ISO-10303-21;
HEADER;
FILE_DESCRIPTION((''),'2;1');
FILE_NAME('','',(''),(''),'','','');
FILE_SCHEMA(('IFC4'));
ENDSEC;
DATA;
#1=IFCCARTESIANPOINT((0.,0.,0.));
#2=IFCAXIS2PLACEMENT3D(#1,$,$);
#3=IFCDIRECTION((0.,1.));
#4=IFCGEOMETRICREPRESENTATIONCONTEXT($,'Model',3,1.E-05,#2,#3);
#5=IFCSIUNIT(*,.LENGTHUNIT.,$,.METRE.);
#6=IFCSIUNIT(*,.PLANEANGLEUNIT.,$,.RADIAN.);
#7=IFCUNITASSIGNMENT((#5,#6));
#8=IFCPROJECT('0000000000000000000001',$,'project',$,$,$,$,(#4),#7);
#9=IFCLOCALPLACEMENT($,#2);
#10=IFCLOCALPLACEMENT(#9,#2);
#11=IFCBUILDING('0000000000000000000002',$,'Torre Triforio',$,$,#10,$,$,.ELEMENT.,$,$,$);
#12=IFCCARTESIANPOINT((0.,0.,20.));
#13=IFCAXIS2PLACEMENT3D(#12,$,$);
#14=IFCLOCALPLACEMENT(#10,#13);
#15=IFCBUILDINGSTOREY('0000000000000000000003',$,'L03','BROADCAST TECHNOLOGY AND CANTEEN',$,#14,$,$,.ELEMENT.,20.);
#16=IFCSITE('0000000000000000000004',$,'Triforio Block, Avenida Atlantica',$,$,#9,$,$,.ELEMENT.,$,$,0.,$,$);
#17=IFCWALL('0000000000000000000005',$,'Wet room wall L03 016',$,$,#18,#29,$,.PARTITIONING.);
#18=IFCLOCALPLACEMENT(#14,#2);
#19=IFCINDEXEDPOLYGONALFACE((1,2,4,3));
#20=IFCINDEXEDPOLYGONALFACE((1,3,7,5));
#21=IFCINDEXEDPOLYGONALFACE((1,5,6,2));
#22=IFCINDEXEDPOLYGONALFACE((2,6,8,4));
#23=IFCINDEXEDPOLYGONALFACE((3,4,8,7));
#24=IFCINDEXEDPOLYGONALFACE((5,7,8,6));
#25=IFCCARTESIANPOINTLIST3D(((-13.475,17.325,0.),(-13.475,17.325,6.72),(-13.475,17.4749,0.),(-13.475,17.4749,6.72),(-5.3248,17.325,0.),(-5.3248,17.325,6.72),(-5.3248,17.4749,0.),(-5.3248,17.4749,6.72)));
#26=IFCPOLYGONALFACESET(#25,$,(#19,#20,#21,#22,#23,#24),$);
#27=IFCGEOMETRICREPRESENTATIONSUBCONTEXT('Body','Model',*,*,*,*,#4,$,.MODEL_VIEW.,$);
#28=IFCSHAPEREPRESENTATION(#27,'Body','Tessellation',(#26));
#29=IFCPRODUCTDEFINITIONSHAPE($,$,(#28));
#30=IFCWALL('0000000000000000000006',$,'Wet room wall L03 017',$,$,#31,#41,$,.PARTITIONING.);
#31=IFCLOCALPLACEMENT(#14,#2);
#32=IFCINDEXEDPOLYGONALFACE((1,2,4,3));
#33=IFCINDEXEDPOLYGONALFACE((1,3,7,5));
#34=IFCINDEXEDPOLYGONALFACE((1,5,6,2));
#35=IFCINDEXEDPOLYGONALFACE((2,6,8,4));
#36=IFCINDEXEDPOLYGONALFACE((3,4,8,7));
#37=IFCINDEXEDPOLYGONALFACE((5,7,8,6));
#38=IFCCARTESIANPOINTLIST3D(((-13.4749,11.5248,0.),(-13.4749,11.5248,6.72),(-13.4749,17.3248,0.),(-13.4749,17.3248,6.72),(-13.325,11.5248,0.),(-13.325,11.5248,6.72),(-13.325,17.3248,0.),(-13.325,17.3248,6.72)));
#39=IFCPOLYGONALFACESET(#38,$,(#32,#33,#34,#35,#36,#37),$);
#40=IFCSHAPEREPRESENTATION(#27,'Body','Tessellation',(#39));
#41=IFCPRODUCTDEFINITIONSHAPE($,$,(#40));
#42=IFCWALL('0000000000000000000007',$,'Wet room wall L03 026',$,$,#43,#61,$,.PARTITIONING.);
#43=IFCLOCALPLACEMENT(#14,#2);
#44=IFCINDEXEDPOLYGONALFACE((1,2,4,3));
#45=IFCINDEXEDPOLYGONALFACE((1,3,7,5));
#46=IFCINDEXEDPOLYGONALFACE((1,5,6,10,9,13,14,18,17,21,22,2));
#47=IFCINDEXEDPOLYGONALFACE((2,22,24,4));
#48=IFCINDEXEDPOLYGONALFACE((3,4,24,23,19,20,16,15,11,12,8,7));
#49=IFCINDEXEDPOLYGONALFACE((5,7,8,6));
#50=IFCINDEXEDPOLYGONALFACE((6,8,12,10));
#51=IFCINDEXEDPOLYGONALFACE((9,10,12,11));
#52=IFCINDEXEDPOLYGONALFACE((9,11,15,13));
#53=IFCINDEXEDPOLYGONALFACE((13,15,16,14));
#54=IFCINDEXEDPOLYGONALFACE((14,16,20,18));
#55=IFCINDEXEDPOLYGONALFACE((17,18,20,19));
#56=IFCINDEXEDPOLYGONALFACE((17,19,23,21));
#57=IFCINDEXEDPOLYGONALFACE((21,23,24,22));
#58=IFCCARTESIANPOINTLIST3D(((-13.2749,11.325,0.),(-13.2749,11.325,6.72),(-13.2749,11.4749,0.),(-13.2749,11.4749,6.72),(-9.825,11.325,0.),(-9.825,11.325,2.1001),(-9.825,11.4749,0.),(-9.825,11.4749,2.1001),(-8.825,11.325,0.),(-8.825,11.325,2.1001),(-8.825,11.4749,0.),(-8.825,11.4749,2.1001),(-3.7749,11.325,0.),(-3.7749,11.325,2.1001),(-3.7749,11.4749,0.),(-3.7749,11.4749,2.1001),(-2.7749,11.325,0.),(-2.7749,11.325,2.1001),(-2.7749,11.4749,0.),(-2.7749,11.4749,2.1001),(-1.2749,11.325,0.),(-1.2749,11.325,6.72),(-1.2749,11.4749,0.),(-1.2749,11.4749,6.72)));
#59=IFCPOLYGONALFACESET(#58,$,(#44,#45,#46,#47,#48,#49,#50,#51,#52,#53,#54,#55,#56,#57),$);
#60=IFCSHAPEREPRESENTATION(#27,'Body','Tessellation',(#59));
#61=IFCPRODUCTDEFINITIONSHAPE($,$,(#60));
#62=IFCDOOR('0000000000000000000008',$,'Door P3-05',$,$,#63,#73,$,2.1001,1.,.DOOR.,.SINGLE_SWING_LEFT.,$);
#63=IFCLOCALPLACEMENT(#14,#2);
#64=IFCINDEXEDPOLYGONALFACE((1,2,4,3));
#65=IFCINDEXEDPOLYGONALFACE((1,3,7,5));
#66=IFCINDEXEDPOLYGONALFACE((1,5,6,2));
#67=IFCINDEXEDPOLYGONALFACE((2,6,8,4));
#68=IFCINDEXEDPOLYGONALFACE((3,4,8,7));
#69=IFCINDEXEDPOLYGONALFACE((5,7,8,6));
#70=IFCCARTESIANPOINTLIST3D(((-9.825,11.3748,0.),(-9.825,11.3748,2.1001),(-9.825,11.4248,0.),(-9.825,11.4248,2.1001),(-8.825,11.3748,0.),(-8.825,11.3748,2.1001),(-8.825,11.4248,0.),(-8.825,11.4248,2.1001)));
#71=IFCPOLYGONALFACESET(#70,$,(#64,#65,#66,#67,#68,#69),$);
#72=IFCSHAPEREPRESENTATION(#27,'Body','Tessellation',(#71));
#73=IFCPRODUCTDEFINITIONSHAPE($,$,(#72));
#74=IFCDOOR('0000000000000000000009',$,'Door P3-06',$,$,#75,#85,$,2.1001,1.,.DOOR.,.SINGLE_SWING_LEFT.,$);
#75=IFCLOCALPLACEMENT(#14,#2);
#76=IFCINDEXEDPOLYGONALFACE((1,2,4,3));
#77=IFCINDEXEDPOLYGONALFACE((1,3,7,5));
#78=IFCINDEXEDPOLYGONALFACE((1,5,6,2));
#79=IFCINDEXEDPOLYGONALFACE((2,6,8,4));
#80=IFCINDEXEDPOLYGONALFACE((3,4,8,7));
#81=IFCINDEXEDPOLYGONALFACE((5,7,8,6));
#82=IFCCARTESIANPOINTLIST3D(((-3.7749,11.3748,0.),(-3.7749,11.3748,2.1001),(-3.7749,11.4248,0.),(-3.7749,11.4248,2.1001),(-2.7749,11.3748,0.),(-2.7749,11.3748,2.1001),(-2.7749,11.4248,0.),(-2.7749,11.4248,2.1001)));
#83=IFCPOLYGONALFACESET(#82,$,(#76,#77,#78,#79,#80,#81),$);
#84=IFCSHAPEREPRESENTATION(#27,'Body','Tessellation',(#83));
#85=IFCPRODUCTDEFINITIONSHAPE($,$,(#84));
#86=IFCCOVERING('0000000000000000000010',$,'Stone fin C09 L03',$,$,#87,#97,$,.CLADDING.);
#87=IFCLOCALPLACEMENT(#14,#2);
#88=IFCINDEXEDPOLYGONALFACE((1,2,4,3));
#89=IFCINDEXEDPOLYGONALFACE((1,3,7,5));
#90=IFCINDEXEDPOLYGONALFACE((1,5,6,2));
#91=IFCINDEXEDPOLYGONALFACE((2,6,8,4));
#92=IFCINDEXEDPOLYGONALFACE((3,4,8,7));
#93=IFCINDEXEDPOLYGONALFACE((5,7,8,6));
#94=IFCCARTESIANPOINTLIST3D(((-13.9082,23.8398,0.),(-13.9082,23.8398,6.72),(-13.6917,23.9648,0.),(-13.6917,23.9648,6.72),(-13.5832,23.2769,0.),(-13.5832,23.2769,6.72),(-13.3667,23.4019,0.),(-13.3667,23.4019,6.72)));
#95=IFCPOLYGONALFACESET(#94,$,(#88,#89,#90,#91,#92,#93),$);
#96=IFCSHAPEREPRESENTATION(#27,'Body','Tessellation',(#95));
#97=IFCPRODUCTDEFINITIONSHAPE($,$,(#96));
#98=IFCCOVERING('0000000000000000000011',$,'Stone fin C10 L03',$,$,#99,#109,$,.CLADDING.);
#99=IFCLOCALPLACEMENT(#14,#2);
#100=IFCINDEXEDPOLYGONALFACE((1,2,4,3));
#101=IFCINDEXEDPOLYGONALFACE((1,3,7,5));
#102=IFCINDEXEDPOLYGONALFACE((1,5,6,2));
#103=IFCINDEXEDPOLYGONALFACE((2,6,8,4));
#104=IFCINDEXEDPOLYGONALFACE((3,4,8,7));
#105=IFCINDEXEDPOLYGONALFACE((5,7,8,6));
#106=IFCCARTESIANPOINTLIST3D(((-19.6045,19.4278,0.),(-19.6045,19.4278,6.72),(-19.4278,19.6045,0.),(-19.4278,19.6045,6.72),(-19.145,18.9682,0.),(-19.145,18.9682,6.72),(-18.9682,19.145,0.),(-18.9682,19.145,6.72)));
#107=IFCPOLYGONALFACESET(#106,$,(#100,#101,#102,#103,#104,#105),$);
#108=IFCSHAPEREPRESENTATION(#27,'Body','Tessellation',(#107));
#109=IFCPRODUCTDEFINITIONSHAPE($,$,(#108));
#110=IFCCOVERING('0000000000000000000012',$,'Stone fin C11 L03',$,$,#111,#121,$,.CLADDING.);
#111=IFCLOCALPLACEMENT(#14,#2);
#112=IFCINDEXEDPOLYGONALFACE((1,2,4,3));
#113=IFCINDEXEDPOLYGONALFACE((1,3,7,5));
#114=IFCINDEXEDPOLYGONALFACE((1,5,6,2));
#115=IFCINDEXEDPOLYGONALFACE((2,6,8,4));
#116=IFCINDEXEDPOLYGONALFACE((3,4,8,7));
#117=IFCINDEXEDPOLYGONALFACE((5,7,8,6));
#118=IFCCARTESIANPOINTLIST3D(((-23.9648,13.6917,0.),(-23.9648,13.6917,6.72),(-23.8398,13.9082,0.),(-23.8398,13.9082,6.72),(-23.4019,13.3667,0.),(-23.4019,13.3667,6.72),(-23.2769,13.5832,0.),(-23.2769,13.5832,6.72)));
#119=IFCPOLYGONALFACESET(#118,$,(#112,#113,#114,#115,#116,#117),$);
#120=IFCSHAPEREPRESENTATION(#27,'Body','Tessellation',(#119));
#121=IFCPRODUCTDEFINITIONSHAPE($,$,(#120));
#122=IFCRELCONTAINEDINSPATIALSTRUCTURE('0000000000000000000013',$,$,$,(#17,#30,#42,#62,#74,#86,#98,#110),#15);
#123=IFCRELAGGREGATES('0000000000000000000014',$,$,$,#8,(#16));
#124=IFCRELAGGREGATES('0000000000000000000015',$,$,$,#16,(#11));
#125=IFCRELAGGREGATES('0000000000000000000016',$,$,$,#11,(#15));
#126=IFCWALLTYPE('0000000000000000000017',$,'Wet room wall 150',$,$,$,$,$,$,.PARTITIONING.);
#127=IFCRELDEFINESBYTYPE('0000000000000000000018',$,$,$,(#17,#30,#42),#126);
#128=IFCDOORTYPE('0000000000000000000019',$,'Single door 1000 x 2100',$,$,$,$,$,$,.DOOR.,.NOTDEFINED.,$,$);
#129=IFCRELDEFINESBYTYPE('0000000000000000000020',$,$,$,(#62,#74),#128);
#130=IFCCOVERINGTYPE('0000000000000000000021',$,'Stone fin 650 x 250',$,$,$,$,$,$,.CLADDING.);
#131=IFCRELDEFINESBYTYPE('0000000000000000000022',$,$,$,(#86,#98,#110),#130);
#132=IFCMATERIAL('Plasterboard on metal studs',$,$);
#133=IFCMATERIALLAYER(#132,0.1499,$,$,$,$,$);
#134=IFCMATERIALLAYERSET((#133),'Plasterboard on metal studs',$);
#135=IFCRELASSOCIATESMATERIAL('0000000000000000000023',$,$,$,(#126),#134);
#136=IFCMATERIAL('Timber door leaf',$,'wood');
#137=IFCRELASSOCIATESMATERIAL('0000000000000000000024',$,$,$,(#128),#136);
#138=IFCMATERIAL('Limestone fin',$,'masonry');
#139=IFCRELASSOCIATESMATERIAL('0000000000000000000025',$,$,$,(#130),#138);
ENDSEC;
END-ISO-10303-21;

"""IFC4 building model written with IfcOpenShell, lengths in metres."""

from ifc_helpers import new_model, si_unit, direction, frame, frame_2d, origin, origin_2d, place, context, subcontext, project, spatial, rectangle, extrude, material, layer, layer_set, material_profile, profile_set, type_object, element, fill, save


model = new_model("IFC4")

# Units and contexts
model_context = context("Model", 3, precision=1e-05, world=origin(), true_north=direction((0.0, 1.0)))
body_context = subcontext(model_context, "Body", "Model", "MODEL_VIEW")
ifc_project = project(units=[si_unit("LENGTHUNIT", "METRE"), si_unit("PLANEANGLEUNIT", "RADIAN")], contexts=[model_context])

# Site, building, storey
site_placement = place(None, origin())
site = spatial("IfcSite", under=ifc_project, at=site_placement, Name="Triforio Block, Avenida Atlantica", CompositionType="ELEMENT", RefElevation=0.0)
building_placement = place(site_placement, origin())
building = spatial("IfcBuilding", under=site, at=building_placement, Name="Torre Triforio", CompositionType="ELEMENT")
storey_placement = place(building_placement, frame((0.0, 0.0, 20.0)))
storey = spatial("IfcBuildingStorey", under=building, at=storey_placement, Name="L03", Description="BROADCAST TECHNOLOGY AND CANTEEN", CompositionType="ELEMENT", Elevation=20.0)

# Shared definitions
ifc_material_1 = material(Name="Plasterboard on metal studs")

# Walls
ifc_layer_1 = layer(ifc_material_1, 0.1499)
ifc_layer_set_1 = layer_set([ifc_layer_1], Name="Plasterboard on metal studs")
wall_type_1 = type_object("IfcWallType", Name="Wet room wall 150", PredefinedType="PARTITIONING", material=ifc_layer_set_1)
wall_1_placement = place(storey_placement, frame((-13.4751, 17.3999, 0.0), z_axis=(0.0, 0.0, 1.0), x_axis=(1.0, 0.0, 0.0)))
element("IfcWall", 1, at=wall_1_placement, inside=storey, type_object=wall_type_1, Name="Wet room wall L03 016", PredefinedType="PARTITIONING", context=body_context, shape_type="SweptSolid", body=[
    extrude(rectangle(XDim=8.1501, YDim=0.1499, at=frame_2d((4.0752, 0.0))), origin(), (0.0, 0.0, 1.0), 6.72),
])
wall_2_placement = place(storey_placement, frame((-13.3999, 11.5249, 0.0), z_axis=(0.0, 0.0, 1.0), x_axis=(0.0, 1.0, 0.0)))
element("IfcWall", 2, at=wall_2_placement, inside=storey, type_object=wall_type_1, Name="Wet room wall L03 017", PredefinedType="PARTITIONING", context=body_context, shape_type="SweptSolid", body=[
    extrude(rectangle(XDim=5.8, YDim=0.1499, at=frame_2d((2.8999, 0.0))), origin(), (0.0, 0.0, 1.0), 6.72),
])

# Wall, openings, doors
wall_3_placement = place(storey_placement, frame((-13.2749, 11.3999, 0.0), z_axis=(0.0, 0.0, 1.0), x_axis=(1.0, 0.0, 0.0)))
wall_3 = element("IfcWall", 3, at=wall_3_placement, inside=storey, type_object=wall_type_1, Name="Wet room wall L03 026", PredefinedType="PARTITIONING", context=body_context, shape_type="SweptSolid", body=[
    extrude(rectangle(XDim=12.0, YDim=0.1499, at=frame_2d((6.0, 0.0))), origin(), (0.0, 0.0, 1.0), 6.72),
])
opening_1_placement = place(wall_3_placement, frame((3.45, 0.0, 0.0)))
opening_1 = element("IfcOpeningElement", 4, at=opening_1_placement, cuts=wall_3, PredefinedType="OPENING", context=body_context, shape_type="SweptSolid", body=[
    extrude(rectangle(XDim=1.0, YDim=2.1001, at=frame_2d((0.5, 1.05))), frame((0.0, 0.085, 0.0), z_axis=(0.0, -1.0, 0.0), x_axis=(1.0, 0.0, 0.0)), (0.0, 0.0, 1.0), 0.1699),
])
opening_2_placement = place(wall_3_placement, frame((9.5, 0.0, 0.0)))
opening_2 = element("IfcOpeningElement", 5, at=opening_2_placement, cuts=wall_3, PredefinedType="OPENING", context=body_context, shape_type="SweptSolid", body=[
    extrude(rectangle(XDim=1.0, YDim=2.1001, at=frame_2d((0.5, 1.05))), frame((0.0, 0.085, 0.0), z_axis=(0.0, -1.0, 0.0), x_axis=(1.0, 0.0, 0.0)), (0.0, 0.0, 1.0), 0.1699),
])
ifc_material_2 = material(Name="Timber door leaf", Category="wood")
door_type = type_object("IfcDoorType", Name="Single door 1000 x 2100", OperationType="NOTDEFINED", PredefinedType="DOOR", material=ifc_material_2)
door_1_placement = place(opening_1_placement, origin())
door_1 = element("IfcDoor", 6, at=door_1_placement, inside=storey, type_object=door_type, Name="Door P3-05", OperationType="SINGLE_SWING_LEFT", OverallHeight=2.1001, OverallWidth=1.0, PredefinedType="DOOR", context=body_context, shape_type="SweptSolid", body=[
    extrude(rectangle(XDim=1.0, YDim=2.1001, at=frame_2d((0.5, 1.05))), frame((0.0, 0.0249, 0.0), z_axis=(0.0, -1.0, 0.0), x_axis=(1.0, 0.0, 0.0)), (0.0, 0.0, 1.0), 0.05),
])
fill(opening_1, door_1)
door_2_placement = place(opening_2_placement, origin())
door_2 = element("IfcDoor", 7, at=door_2_placement, inside=storey, type_object=door_type, Name="Door P3-06", OperationType="SINGLE_SWING_LEFT", OverallHeight=2.1001, OverallWidth=1.0, PredefinedType="DOOR", context=body_context, shape_type="SweptSolid", body=[
    extrude(rectangle(XDim=1.0, YDim=2.1001, at=frame_2d((0.5, 1.05))), frame((0.0, 0.0249, 0.0), z_axis=(0.0, -1.0, 0.0), x_axis=(1.0, 0.0, 0.0)), (0.0, 0.0, 1.0), 0.05),
])
fill(opening_2, door_2)

# Coverings
ifc_material_3 = material(Name="Limestone fin", Category="masonry")
ifc_material_profile_1 = material_profile(ifc_material_3, rectangle(XDim=0.6499, YDim=0.25, at=origin_2d()), Name="FIN 650x250")
ifc_profile_set_1 = profile_set([ifc_material_profile_1], Name="Limestone fin")
covering_type = type_object("IfcCoveringType", Name="Stone fin 650 x 250", PredefinedType="CLADDING", material=ifc_profile_set_1)
for number, where, z_axis, x_axis, name in (
    (8, (-13.6375, 23.6208, 0.0), (0.0, 0.0, 1.0), (-0.5, 0.866025, 0.0), "Stone fin C09 L03"),
    (9, (-19.2864, 19.2864, 0.0), (0.0, 0.0, 1.0), (-0.707107, 0.707107, 0.0), "Stone fin C10 L03"),
    (10, (-23.6208, 13.6375, 0.0), (0.0, 0.0, 1.0), (-0.866025, 0.5, 0.0), "Stone fin C11 L03"),
):
    element("IfcCovering", number, at=place(storey_placement, frame(where, z_axis=z_axis, x_axis=x_axis)), inside=storey, type_object=covering_type, Name=name, PredefinedType="CLADDING", context=body_context, shape_type="SweptSolid", body=[
        extrude(rectangle(XDim=0.6499, YDim=0.25, at=origin_2d()), origin(), (0.0, 0.0, 1.0), 6.72),
    ])

save(model, "model.ifc")
